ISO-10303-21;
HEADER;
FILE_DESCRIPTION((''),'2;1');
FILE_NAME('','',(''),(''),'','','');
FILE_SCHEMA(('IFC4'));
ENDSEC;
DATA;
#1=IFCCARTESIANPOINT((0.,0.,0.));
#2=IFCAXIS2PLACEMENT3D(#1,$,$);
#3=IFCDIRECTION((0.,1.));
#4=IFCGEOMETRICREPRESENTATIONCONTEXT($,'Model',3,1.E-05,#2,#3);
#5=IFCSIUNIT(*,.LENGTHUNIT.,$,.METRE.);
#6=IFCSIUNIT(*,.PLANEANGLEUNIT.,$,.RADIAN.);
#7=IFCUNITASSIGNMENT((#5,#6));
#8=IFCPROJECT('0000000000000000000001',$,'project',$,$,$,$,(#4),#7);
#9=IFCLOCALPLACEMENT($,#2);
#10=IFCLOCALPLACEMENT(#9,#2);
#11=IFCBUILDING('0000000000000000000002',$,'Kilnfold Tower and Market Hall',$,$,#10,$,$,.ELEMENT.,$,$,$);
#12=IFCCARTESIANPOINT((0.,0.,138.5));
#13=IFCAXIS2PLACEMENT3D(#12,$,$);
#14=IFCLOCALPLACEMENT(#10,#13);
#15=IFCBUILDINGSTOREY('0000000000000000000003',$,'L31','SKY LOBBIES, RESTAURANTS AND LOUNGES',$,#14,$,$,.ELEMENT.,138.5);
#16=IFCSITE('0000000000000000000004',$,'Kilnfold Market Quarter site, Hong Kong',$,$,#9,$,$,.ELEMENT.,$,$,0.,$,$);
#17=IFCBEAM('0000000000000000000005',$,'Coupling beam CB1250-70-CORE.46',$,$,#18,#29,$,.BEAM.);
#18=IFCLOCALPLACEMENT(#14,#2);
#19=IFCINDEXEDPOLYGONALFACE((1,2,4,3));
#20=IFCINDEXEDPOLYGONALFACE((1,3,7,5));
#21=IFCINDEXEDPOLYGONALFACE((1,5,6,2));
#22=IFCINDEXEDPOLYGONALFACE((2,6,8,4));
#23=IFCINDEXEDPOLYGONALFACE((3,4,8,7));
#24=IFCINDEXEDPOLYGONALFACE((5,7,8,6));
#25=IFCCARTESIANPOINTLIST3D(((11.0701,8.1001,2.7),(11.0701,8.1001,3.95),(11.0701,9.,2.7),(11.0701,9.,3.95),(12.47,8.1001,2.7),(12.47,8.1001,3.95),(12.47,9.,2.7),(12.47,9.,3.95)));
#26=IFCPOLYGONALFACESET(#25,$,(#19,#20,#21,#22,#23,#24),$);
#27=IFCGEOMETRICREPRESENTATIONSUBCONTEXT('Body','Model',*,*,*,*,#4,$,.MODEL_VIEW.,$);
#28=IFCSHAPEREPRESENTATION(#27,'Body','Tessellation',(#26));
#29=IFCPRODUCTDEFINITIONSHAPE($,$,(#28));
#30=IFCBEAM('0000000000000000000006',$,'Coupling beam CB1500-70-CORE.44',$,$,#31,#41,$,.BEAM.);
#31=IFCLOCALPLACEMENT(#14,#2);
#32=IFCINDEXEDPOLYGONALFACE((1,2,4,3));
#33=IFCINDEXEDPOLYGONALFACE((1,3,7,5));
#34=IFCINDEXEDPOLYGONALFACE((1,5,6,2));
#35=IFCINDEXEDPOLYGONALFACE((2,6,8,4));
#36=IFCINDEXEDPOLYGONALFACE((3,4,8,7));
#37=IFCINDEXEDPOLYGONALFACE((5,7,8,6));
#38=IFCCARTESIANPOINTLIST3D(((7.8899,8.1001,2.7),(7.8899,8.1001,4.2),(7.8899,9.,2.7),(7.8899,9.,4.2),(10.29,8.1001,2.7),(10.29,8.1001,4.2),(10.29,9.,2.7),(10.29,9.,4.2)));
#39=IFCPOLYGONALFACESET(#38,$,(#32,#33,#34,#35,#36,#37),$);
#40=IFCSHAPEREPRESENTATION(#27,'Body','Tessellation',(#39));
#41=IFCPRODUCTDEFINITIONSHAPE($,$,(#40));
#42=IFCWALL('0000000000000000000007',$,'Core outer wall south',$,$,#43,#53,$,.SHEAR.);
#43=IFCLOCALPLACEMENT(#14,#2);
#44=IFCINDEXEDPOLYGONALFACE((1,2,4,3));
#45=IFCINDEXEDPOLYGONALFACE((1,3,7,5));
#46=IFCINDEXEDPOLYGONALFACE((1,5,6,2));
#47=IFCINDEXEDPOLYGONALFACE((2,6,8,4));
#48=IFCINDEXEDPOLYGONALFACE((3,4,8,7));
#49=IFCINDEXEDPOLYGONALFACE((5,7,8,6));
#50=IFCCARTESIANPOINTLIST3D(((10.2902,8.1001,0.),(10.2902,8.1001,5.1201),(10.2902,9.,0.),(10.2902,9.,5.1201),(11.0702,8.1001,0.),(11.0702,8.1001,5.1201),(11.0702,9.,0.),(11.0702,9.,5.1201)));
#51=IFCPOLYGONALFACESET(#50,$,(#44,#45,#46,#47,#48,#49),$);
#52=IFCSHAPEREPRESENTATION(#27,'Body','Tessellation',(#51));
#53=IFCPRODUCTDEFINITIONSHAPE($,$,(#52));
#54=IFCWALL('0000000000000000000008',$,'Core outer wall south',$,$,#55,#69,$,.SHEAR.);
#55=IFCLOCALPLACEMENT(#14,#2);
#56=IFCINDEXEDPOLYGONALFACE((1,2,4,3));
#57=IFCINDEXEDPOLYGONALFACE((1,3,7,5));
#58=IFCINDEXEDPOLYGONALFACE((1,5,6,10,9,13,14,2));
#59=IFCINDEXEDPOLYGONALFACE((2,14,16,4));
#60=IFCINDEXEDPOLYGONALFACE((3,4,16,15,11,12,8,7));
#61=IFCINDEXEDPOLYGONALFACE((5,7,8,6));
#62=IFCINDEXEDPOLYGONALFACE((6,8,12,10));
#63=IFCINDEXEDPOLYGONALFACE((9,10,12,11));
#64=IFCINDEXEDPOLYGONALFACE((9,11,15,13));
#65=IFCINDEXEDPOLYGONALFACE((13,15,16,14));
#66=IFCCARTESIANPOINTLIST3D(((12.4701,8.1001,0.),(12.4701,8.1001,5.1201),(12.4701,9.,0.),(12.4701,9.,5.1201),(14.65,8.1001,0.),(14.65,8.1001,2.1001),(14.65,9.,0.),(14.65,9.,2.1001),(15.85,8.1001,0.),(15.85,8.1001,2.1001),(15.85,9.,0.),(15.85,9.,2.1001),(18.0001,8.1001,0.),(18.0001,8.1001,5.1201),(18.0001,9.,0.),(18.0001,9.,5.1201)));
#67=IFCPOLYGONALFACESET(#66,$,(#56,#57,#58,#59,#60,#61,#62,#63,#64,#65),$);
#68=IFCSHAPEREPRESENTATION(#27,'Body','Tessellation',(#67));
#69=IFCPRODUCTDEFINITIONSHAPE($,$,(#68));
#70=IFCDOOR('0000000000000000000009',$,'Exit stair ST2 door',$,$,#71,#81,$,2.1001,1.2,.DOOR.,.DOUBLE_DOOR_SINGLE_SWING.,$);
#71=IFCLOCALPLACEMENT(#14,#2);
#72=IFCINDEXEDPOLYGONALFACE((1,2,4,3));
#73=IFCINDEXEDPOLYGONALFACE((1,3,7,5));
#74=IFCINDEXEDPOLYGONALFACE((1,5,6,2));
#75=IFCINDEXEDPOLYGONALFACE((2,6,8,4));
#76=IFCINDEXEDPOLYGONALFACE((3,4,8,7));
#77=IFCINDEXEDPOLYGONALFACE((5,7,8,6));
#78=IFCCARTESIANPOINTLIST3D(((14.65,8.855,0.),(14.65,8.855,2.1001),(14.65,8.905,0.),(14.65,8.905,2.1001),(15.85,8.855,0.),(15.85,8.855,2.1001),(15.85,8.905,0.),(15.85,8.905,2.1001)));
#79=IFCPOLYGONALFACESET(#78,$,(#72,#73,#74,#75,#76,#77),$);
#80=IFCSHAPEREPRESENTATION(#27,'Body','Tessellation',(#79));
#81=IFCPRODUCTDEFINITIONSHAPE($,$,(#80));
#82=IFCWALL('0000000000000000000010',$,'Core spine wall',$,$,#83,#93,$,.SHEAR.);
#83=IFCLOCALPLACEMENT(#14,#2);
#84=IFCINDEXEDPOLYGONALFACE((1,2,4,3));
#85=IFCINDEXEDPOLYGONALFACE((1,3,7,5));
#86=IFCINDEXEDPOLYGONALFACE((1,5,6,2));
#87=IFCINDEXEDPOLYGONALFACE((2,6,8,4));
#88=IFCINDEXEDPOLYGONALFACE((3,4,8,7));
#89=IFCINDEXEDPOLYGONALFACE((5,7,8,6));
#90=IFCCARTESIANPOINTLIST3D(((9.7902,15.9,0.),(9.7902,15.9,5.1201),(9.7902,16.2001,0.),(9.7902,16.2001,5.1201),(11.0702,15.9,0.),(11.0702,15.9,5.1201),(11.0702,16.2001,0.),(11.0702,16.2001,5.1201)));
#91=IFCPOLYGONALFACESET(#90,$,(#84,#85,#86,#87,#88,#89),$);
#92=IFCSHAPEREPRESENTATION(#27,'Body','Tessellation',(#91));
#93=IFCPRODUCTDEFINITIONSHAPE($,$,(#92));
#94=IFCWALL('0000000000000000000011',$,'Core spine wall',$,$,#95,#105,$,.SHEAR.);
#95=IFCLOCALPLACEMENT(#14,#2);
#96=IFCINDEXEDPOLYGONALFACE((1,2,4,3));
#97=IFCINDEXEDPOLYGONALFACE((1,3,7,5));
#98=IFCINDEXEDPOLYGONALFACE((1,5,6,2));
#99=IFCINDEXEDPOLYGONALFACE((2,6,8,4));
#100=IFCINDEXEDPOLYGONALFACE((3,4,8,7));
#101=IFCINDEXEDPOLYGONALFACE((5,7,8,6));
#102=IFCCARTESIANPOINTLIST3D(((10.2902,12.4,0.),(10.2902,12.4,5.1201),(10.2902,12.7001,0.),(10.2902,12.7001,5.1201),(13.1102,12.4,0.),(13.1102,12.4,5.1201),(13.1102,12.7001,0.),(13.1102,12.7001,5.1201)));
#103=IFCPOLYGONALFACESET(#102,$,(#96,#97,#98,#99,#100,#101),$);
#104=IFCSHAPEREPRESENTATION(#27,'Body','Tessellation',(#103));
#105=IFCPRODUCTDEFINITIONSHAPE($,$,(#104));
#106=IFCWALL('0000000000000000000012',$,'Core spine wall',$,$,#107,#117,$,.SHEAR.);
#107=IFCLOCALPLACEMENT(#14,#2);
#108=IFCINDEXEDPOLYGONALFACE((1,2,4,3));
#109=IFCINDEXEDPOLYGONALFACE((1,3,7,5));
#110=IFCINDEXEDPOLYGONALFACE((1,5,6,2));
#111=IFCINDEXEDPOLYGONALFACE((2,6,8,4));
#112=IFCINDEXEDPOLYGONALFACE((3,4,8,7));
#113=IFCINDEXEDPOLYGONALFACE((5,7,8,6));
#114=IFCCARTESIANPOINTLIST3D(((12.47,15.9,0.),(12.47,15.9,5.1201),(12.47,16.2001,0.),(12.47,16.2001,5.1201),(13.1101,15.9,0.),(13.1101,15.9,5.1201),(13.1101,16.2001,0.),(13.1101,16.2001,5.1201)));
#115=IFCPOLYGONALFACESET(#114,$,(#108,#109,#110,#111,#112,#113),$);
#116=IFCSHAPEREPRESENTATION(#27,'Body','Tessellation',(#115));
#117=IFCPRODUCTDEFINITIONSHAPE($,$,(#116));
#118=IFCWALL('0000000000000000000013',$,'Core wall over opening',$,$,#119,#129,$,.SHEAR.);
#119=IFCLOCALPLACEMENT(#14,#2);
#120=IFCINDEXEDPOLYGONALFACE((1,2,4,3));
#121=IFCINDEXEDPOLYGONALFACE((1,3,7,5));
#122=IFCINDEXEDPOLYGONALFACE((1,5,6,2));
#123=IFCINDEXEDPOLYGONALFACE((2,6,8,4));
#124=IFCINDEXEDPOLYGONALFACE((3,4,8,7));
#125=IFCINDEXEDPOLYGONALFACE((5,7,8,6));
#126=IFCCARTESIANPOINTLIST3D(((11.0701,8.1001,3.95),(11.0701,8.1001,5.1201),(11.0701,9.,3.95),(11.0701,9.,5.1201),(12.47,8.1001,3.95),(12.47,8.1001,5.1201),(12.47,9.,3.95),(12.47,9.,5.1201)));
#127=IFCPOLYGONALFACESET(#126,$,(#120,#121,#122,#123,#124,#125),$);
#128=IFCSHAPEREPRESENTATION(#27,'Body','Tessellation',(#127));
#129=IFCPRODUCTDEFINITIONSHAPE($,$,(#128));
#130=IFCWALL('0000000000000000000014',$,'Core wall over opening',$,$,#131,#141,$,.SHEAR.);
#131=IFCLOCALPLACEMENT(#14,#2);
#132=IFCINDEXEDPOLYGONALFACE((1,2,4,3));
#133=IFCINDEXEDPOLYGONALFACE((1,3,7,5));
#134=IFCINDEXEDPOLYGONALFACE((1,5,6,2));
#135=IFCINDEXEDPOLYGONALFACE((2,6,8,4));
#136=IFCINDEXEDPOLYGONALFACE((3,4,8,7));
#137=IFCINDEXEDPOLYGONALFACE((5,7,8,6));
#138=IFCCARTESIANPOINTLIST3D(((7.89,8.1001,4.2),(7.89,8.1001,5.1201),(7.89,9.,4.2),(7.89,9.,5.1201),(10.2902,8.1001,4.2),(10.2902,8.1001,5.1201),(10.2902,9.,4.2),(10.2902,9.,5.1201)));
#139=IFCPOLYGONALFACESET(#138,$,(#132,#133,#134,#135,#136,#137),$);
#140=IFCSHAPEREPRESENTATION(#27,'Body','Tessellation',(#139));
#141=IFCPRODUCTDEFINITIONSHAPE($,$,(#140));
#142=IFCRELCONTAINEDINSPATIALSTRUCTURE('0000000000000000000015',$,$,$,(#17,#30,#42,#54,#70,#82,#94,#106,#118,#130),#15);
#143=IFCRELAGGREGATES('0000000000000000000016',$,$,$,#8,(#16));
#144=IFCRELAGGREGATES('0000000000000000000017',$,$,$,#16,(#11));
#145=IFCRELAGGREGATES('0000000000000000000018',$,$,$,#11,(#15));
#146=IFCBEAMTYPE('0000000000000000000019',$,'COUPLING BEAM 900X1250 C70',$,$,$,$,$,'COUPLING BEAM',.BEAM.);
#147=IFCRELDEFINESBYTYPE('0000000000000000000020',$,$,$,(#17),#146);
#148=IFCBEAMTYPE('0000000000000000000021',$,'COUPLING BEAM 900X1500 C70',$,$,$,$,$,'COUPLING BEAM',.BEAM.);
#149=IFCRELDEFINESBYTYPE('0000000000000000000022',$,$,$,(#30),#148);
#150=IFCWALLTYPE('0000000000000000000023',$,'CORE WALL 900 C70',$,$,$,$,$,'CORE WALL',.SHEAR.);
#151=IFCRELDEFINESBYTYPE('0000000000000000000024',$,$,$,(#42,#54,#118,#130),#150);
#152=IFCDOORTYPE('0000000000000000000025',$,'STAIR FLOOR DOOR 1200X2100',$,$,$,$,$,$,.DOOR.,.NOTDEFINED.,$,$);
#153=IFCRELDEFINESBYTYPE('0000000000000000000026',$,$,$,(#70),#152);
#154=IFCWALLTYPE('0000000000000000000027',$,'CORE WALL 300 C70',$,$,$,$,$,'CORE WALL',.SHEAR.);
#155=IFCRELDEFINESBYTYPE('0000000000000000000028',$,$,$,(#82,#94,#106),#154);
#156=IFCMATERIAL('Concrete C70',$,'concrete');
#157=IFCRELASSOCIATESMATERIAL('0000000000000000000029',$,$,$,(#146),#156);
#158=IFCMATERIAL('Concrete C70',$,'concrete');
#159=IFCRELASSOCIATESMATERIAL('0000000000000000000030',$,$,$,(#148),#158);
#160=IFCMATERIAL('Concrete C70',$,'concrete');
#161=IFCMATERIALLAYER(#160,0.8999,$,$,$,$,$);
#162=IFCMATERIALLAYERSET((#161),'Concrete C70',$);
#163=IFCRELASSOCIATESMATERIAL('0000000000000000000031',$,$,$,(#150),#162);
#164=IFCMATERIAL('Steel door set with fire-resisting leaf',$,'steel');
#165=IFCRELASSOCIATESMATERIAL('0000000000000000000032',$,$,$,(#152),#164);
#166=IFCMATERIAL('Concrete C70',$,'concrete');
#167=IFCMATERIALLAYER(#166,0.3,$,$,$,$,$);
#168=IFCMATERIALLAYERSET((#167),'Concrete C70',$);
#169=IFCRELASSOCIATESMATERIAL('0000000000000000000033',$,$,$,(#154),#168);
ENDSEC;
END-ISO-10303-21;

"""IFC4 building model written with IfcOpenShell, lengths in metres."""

from ifc_helpers import new_model, si_unit, direction, frame, frame_2d, origin, origin_2d, place, context, subcontext, project, spatial, rectangle, extrude, source, transform, mapped, material, layer, layer_set, material_profile, profile_set, type_object, element, fill, save


model = new_model("IFC4")

# Units and contexts
model_context = context("Model", 3, precision=1e-05, world=origin(), true_north=direction((0.0, 1.0)))
body_context = subcontext(model_context, "Body", "Model", "MODEL_VIEW")
ifc_project = project(units=[si_unit("LENGTHUNIT", "METRE"), si_unit("PLANEANGLEUNIT", "RADIAN")], contexts=[model_context])

# Site, building, storey
site_placement = place(None, origin())
site = spatial("IfcSite", under=ifc_project, at=site_placement, Name="Kilnfold Market Quarter site, Hong Kong", CompositionType="ELEMENT", RefElevation=0.0)
building_placement = place(site_placement, origin())
building = spatial("IfcBuilding", under=site, at=building_placement, Name="Kilnfold Tower and Market Hall", CompositionType="ELEMENT")
storey_placement = place(building_placement, frame((0.0, 0.0, 138.5)))
storey = spatial("IfcBuildingStorey", under=building, at=storey_placement, Name="L31", Description="SKY LOBBIES, RESTAURANTS AND LOUNGES", CompositionType="ELEMENT", Elevation=138.5)

# Beams
ifc_material_1 = material(Name="Concrete C70", Category="concrete")
ifc_material_profile_1 = material_profile(ifc_material_1, rectangle(XDim=0.8999, YDim=1.25, at=origin_2d()), Name="RC 900x1250")
ifc_profile_set_1 = profile_set([ifc_material_profile_1], Name="Concrete C70")
beam_type_1 = type_object("IfcBeamType", Name="COUPLING BEAM 900X1250 C70", ElementType="COUPLING BEAM", PredefinedType="BEAM", material=ifc_profile_set_1)
shared_shape_1 = source(origin(), body_context, "Body", "SweptSolid", [
    extrude(rectangle(XDim=0.8999, YDim=1.25, at=origin_2d()), origin(), (0.0, 0.0, 1.0), 1.3999),
])
beam_1_placement = place(storey_placement, frame((11.0701, 8.55, 3.325), z_axis=(1.0, 0.0, 0.0), x_axis=(0.0, 1.0, 0.0)))
element("IfcBeam", 1, at=beam_1_placement, inside=storey, type_object=beam_type_1, Name="Coupling beam CB1250-70-CORE.46", PredefinedType="BEAM", context=body_context, shape_type="MappedRepresentation", body=[
    mapped(shared_shape_1, transform((0.0, 0.0, 0.0))),
])
ifc_material_2 = material(Name="Concrete C70", Category="concrete")
ifc_material_profile_2 = material_profile(ifc_material_2, rectangle(XDim=0.8999, YDim=1.5, at=origin_2d()), Name="RC 900x1500")
ifc_profile_set_2 = profile_set([ifc_material_profile_2], Name="Concrete C70")
beam_type_2 = type_object("IfcBeamType", Name="COUPLING BEAM 900X1500 C70", ElementType="COUPLING BEAM", PredefinedType="BEAM", material=ifc_profile_set_2)
shared_shape_2 = source(origin(), body_context, "Body", "SweptSolid", [
    extrude(rectangle(XDim=0.8999, YDim=1.5, at=origin_2d()), origin(), (0.0, 0.0, 1.0), 2.4001),
])
beam_2_placement = place(storey_placement, frame((7.8899, 8.55, 3.45), z_axis=(1.0, 0.0, 0.0), x_axis=(0.0, 1.0, 0.0)))
element("IfcBeam", 2, at=beam_2_placement, inside=storey, type_object=beam_type_2, Name="Coupling beam CB1500-70-CORE.44", PredefinedType="BEAM", context=body_context, shape_type="MappedRepresentation", body=[
    mapped(shared_shape_2, transform((0.0, 0.0, 0.0))),
])

# Wall
ifc_material_3 = material(Name="Concrete C70", Category="concrete")
ifc_layer_1 = layer(ifc_material_3, 0.8999)
ifc_layer_set_1 = layer_set([ifc_layer_1], Name="Concrete C70")
wall_type_1 = type_object("IfcWallType", Name="CORE WALL 900 C70", ElementType="CORE WALL", PredefinedType="SHEAR", material=ifc_layer_set_1)
shared_shape_3 = source(origin(), body_context, "Body", "SweptSolid", [
    extrude(rectangle(XDim=0.78, YDim=0.8999, at=frame_2d((0.3901, 0.0))), origin(), (0.0, 0.0, 1.0), 5.1201),
])
wall_1_placement = place(storey_placement, frame((10.29, 8.55, 0.0), z_axis=(0.0, 0.0, 1.0), x_axis=(1.0, 0.0, 0.0)))
element("IfcWall", 3, at=wall_1_placement, inside=storey, type_object=wall_type_1, Name="Core outer wall south", PredefinedType="SHEAR", context=body_context, shape_type="MappedRepresentation", body=[
    mapped(shared_shape_3, transform((0.0, 0.0, 0.0))),
])

# Wall, opening, door
shared_shape_4 = source(origin(), body_context, "Body", "SweptSolid", [
    extrude(rectangle(XDim=5.53, YDim=0.8999, at=frame_2d((2.7651, 0.0))), origin(), (0.0, 0.0, 1.0), 5.1201),
])
wall_2_placement = place(storey_placement, frame((12.47, 8.55, 0.0), z_axis=(0.0, 0.0, 1.0), x_axis=(1.0, 0.0, 0.0)))
wall_2 = element("IfcWall", 4, at=wall_2_placement, inside=storey, type_object=wall_type_1, Name="Core outer wall south", PredefinedType="SHEAR", context=body_context, shape_type="MappedRepresentation", body=[
    mapped(shared_shape_4, transform((0.0, 0.0, 0.0))),
])
opening_1_placement = place(wall_2_placement, frame((2.1799, 0.0, 0.0)))
opening_1 = element("IfcOpeningElement", 5, at=opening_1_placement, cuts=wall_2, PredefinedType="OPENING", context=body_context, shape_type="SweptSolid", body=[
    extrude(rectangle(XDim=1.2, YDim=2.1001, at=frame_2d((0.6001, 1.05))), frame((0.0, 0.46, 0.0), z_axis=(0.0, -1.0, 0.0), x_axis=(1.0, 0.0, 0.0)), (0.0, 0.0, 1.0), 0.9199),
])
ifc_material_4 = material(Name="Steel door set with fire-resisting leaf", Category="steel")
door_type_1 = type_object("IfcDoorType", Name="STAIR FLOOR DOOR 1200X2100", OperationType="NOTDEFINED", PredefinedType="DOOR", material=ifc_material_4)
door_1_placement = place(opening_1_placement, origin())
door_1 = element("IfcDoor", 6, at=door_1_placement, inside=storey, type_object=door_type_1, Name="Exit stair ST2 door", OperationType="DOUBLE_DOOR_SINGLE_SWING", OverallHeight=2.1001, OverallWidth=1.2, PredefinedType="DOOR", context=body_context, shape_type="SweptSolid", body=[
    extrude(rectangle(XDim=1.2, YDim=2.1001, at=frame_2d((0.6001, 1.05))), frame((0.0, 0.355, 0.0), z_axis=(0.0, -1.0, 0.0), x_axis=(1.0, 0.0, 0.0)), (0.0, 0.0, 1.0), 0.05),
])
fill(opening_1, door_1)

# Walls
ifc_material_5 = material(Name="Concrete C70", Category="concrete")
ifc_layer_2 = layer(ifc_material_5, 0.3)
ifc_layer_set_2 = layer_set([ifc_layer_2], Name="Concrete C70")
wall_type_2 = type_object("IfcWallType", Name="CORE WALL 300 C70", ElementType="CORE WALL", PredefinedType="SHEAR", material=ifc_layer_set_2)
shared_shape_5 = source(origin(), body_context, "Body", "SweptSolid", [
    extrude(rectangle(XDim=1.28, YDim=0.3, at=frame_2d((0.6401, 0.0))), origin(), (0.0, 0.0, 1.0), 5.1201),
])
wall_3_placement = place(storey_placement, frame((9.79, 16.05, 0.0), z_axis=(0.0, 0.0, 1.0), x_axis=(1.0, 0.0, 0.0)))
element("IfcWall", 7, at=wall_3_placement, inside=storey, type_object=wall_type_2, Name="Core spine wall", PredefinedType="SHEAR", context=body_context, shape_type="MappedRepresentation", body=[
    mapped(shared_shape_5, transform((0.0, 0.0, 0.0))),
])
shared_shape_6 = source(origin(), body_context, "Body", "SweptSolid", [
    extrude(rectangle(XDim=2.8201, YDim=0.3, at=frame_2d((1.4102, 0.0))), origin(), (0.0, 0.0, 1.0), 5.1201),
])
wall_4_placement = place(storey_placement, frame((10.29, 12.55, 0.0), z_axis=(0.0, 0.0, 1.0), x_axis=(1.0, 0.0, 0.0)))
element("IfcWall", 8, at=wall_4_placement, inside=storey, type_object=wall_type_2, Name="Core spine wall", PredefinedType="SHEAR", context=body_context, shape_type="MappedRepresentation", body=[
    mapped(shared_shape_6, transform((0.0, 0.0, 0.0))),
])
shared_shape_7 = source(origin(), body_context, "Body", "SweptSolid", [
    extrude(rectangle(XDim=0.6401, YDim=0.3, at=frame_2d((0.3201, 0.0))), origin(), (0.0, 0.0, 1.0), 5.1201),
])
wall_5_placement = place(storey_placement, frame((12.47, 16.05, 0.0), z_axis=(0.0, 0.0, 1.0), x_axis=(1.0, 0.0, 0.0)))
element("IfcWall", 9, at=wall_5_placement, inside=storey, type_object=wall_type_2, Name="Core spine wall", PredefinedType="SHEAR", context=body_context, shape_type="MappedRepresentation", body=[
    mapped(shared_shape_7, transform((0.0, 0.0, 0.0))),
])
shared_shape_8 = source(origin(), body_context, "Body", "SweptSolid", [
    extrude(rectangle(XDim=1.3999, YDim=0.8999, at=frame_2d((0.7, 0.0))), origin(), (0.0, 0.0, 1.0), 1.1702),
])
wall_6_placement = place(storey_placement, frame((11.0701, 8.55, 3.95), z_axis=(0.0, 0.0, 1.0), x_axis=(1.0, 0.0, 0.0)))
element("IfcWall", 10, at=wall_6_placement, inside=storey, type_object=wall_type_1, Name="Core wall over opening", PredefinedType="SHEAR", context=body_context, shape_type="MappedRepresentation", body=[
    mapped(shared_shape_8, transform((0.0, 0.0, 0.0))),
])
shared_shape_9 = source(origin(), body_context, "Body", "SweptSolid", [
    extrude(rectangle(XDim=2.4001, YDim=0.8999, at=frame_2d((1.2002, 0.0))), origin(), (0.0, 0.0, 1.0), 0.9202),
])
wall_7_placement = place(storey_placement, frame((7.8899, 8.55, 4.2), z_axis=(0.0, 0.0, 1.0), x_axis=(1.0, 0.0, 0.0)))
element("IfcWall", 11, at=wall_7_placement, inside=storey, type_object=wall_type_1, Name="Core wall over opening", PredefinedType="SHEAR", context=body_context, shape_type="MappedRepresentation", body=[
    mapped(shared_shape_9, transform((0.0, 0.0, 0.0))),
])

save(model, "model.ifc")
